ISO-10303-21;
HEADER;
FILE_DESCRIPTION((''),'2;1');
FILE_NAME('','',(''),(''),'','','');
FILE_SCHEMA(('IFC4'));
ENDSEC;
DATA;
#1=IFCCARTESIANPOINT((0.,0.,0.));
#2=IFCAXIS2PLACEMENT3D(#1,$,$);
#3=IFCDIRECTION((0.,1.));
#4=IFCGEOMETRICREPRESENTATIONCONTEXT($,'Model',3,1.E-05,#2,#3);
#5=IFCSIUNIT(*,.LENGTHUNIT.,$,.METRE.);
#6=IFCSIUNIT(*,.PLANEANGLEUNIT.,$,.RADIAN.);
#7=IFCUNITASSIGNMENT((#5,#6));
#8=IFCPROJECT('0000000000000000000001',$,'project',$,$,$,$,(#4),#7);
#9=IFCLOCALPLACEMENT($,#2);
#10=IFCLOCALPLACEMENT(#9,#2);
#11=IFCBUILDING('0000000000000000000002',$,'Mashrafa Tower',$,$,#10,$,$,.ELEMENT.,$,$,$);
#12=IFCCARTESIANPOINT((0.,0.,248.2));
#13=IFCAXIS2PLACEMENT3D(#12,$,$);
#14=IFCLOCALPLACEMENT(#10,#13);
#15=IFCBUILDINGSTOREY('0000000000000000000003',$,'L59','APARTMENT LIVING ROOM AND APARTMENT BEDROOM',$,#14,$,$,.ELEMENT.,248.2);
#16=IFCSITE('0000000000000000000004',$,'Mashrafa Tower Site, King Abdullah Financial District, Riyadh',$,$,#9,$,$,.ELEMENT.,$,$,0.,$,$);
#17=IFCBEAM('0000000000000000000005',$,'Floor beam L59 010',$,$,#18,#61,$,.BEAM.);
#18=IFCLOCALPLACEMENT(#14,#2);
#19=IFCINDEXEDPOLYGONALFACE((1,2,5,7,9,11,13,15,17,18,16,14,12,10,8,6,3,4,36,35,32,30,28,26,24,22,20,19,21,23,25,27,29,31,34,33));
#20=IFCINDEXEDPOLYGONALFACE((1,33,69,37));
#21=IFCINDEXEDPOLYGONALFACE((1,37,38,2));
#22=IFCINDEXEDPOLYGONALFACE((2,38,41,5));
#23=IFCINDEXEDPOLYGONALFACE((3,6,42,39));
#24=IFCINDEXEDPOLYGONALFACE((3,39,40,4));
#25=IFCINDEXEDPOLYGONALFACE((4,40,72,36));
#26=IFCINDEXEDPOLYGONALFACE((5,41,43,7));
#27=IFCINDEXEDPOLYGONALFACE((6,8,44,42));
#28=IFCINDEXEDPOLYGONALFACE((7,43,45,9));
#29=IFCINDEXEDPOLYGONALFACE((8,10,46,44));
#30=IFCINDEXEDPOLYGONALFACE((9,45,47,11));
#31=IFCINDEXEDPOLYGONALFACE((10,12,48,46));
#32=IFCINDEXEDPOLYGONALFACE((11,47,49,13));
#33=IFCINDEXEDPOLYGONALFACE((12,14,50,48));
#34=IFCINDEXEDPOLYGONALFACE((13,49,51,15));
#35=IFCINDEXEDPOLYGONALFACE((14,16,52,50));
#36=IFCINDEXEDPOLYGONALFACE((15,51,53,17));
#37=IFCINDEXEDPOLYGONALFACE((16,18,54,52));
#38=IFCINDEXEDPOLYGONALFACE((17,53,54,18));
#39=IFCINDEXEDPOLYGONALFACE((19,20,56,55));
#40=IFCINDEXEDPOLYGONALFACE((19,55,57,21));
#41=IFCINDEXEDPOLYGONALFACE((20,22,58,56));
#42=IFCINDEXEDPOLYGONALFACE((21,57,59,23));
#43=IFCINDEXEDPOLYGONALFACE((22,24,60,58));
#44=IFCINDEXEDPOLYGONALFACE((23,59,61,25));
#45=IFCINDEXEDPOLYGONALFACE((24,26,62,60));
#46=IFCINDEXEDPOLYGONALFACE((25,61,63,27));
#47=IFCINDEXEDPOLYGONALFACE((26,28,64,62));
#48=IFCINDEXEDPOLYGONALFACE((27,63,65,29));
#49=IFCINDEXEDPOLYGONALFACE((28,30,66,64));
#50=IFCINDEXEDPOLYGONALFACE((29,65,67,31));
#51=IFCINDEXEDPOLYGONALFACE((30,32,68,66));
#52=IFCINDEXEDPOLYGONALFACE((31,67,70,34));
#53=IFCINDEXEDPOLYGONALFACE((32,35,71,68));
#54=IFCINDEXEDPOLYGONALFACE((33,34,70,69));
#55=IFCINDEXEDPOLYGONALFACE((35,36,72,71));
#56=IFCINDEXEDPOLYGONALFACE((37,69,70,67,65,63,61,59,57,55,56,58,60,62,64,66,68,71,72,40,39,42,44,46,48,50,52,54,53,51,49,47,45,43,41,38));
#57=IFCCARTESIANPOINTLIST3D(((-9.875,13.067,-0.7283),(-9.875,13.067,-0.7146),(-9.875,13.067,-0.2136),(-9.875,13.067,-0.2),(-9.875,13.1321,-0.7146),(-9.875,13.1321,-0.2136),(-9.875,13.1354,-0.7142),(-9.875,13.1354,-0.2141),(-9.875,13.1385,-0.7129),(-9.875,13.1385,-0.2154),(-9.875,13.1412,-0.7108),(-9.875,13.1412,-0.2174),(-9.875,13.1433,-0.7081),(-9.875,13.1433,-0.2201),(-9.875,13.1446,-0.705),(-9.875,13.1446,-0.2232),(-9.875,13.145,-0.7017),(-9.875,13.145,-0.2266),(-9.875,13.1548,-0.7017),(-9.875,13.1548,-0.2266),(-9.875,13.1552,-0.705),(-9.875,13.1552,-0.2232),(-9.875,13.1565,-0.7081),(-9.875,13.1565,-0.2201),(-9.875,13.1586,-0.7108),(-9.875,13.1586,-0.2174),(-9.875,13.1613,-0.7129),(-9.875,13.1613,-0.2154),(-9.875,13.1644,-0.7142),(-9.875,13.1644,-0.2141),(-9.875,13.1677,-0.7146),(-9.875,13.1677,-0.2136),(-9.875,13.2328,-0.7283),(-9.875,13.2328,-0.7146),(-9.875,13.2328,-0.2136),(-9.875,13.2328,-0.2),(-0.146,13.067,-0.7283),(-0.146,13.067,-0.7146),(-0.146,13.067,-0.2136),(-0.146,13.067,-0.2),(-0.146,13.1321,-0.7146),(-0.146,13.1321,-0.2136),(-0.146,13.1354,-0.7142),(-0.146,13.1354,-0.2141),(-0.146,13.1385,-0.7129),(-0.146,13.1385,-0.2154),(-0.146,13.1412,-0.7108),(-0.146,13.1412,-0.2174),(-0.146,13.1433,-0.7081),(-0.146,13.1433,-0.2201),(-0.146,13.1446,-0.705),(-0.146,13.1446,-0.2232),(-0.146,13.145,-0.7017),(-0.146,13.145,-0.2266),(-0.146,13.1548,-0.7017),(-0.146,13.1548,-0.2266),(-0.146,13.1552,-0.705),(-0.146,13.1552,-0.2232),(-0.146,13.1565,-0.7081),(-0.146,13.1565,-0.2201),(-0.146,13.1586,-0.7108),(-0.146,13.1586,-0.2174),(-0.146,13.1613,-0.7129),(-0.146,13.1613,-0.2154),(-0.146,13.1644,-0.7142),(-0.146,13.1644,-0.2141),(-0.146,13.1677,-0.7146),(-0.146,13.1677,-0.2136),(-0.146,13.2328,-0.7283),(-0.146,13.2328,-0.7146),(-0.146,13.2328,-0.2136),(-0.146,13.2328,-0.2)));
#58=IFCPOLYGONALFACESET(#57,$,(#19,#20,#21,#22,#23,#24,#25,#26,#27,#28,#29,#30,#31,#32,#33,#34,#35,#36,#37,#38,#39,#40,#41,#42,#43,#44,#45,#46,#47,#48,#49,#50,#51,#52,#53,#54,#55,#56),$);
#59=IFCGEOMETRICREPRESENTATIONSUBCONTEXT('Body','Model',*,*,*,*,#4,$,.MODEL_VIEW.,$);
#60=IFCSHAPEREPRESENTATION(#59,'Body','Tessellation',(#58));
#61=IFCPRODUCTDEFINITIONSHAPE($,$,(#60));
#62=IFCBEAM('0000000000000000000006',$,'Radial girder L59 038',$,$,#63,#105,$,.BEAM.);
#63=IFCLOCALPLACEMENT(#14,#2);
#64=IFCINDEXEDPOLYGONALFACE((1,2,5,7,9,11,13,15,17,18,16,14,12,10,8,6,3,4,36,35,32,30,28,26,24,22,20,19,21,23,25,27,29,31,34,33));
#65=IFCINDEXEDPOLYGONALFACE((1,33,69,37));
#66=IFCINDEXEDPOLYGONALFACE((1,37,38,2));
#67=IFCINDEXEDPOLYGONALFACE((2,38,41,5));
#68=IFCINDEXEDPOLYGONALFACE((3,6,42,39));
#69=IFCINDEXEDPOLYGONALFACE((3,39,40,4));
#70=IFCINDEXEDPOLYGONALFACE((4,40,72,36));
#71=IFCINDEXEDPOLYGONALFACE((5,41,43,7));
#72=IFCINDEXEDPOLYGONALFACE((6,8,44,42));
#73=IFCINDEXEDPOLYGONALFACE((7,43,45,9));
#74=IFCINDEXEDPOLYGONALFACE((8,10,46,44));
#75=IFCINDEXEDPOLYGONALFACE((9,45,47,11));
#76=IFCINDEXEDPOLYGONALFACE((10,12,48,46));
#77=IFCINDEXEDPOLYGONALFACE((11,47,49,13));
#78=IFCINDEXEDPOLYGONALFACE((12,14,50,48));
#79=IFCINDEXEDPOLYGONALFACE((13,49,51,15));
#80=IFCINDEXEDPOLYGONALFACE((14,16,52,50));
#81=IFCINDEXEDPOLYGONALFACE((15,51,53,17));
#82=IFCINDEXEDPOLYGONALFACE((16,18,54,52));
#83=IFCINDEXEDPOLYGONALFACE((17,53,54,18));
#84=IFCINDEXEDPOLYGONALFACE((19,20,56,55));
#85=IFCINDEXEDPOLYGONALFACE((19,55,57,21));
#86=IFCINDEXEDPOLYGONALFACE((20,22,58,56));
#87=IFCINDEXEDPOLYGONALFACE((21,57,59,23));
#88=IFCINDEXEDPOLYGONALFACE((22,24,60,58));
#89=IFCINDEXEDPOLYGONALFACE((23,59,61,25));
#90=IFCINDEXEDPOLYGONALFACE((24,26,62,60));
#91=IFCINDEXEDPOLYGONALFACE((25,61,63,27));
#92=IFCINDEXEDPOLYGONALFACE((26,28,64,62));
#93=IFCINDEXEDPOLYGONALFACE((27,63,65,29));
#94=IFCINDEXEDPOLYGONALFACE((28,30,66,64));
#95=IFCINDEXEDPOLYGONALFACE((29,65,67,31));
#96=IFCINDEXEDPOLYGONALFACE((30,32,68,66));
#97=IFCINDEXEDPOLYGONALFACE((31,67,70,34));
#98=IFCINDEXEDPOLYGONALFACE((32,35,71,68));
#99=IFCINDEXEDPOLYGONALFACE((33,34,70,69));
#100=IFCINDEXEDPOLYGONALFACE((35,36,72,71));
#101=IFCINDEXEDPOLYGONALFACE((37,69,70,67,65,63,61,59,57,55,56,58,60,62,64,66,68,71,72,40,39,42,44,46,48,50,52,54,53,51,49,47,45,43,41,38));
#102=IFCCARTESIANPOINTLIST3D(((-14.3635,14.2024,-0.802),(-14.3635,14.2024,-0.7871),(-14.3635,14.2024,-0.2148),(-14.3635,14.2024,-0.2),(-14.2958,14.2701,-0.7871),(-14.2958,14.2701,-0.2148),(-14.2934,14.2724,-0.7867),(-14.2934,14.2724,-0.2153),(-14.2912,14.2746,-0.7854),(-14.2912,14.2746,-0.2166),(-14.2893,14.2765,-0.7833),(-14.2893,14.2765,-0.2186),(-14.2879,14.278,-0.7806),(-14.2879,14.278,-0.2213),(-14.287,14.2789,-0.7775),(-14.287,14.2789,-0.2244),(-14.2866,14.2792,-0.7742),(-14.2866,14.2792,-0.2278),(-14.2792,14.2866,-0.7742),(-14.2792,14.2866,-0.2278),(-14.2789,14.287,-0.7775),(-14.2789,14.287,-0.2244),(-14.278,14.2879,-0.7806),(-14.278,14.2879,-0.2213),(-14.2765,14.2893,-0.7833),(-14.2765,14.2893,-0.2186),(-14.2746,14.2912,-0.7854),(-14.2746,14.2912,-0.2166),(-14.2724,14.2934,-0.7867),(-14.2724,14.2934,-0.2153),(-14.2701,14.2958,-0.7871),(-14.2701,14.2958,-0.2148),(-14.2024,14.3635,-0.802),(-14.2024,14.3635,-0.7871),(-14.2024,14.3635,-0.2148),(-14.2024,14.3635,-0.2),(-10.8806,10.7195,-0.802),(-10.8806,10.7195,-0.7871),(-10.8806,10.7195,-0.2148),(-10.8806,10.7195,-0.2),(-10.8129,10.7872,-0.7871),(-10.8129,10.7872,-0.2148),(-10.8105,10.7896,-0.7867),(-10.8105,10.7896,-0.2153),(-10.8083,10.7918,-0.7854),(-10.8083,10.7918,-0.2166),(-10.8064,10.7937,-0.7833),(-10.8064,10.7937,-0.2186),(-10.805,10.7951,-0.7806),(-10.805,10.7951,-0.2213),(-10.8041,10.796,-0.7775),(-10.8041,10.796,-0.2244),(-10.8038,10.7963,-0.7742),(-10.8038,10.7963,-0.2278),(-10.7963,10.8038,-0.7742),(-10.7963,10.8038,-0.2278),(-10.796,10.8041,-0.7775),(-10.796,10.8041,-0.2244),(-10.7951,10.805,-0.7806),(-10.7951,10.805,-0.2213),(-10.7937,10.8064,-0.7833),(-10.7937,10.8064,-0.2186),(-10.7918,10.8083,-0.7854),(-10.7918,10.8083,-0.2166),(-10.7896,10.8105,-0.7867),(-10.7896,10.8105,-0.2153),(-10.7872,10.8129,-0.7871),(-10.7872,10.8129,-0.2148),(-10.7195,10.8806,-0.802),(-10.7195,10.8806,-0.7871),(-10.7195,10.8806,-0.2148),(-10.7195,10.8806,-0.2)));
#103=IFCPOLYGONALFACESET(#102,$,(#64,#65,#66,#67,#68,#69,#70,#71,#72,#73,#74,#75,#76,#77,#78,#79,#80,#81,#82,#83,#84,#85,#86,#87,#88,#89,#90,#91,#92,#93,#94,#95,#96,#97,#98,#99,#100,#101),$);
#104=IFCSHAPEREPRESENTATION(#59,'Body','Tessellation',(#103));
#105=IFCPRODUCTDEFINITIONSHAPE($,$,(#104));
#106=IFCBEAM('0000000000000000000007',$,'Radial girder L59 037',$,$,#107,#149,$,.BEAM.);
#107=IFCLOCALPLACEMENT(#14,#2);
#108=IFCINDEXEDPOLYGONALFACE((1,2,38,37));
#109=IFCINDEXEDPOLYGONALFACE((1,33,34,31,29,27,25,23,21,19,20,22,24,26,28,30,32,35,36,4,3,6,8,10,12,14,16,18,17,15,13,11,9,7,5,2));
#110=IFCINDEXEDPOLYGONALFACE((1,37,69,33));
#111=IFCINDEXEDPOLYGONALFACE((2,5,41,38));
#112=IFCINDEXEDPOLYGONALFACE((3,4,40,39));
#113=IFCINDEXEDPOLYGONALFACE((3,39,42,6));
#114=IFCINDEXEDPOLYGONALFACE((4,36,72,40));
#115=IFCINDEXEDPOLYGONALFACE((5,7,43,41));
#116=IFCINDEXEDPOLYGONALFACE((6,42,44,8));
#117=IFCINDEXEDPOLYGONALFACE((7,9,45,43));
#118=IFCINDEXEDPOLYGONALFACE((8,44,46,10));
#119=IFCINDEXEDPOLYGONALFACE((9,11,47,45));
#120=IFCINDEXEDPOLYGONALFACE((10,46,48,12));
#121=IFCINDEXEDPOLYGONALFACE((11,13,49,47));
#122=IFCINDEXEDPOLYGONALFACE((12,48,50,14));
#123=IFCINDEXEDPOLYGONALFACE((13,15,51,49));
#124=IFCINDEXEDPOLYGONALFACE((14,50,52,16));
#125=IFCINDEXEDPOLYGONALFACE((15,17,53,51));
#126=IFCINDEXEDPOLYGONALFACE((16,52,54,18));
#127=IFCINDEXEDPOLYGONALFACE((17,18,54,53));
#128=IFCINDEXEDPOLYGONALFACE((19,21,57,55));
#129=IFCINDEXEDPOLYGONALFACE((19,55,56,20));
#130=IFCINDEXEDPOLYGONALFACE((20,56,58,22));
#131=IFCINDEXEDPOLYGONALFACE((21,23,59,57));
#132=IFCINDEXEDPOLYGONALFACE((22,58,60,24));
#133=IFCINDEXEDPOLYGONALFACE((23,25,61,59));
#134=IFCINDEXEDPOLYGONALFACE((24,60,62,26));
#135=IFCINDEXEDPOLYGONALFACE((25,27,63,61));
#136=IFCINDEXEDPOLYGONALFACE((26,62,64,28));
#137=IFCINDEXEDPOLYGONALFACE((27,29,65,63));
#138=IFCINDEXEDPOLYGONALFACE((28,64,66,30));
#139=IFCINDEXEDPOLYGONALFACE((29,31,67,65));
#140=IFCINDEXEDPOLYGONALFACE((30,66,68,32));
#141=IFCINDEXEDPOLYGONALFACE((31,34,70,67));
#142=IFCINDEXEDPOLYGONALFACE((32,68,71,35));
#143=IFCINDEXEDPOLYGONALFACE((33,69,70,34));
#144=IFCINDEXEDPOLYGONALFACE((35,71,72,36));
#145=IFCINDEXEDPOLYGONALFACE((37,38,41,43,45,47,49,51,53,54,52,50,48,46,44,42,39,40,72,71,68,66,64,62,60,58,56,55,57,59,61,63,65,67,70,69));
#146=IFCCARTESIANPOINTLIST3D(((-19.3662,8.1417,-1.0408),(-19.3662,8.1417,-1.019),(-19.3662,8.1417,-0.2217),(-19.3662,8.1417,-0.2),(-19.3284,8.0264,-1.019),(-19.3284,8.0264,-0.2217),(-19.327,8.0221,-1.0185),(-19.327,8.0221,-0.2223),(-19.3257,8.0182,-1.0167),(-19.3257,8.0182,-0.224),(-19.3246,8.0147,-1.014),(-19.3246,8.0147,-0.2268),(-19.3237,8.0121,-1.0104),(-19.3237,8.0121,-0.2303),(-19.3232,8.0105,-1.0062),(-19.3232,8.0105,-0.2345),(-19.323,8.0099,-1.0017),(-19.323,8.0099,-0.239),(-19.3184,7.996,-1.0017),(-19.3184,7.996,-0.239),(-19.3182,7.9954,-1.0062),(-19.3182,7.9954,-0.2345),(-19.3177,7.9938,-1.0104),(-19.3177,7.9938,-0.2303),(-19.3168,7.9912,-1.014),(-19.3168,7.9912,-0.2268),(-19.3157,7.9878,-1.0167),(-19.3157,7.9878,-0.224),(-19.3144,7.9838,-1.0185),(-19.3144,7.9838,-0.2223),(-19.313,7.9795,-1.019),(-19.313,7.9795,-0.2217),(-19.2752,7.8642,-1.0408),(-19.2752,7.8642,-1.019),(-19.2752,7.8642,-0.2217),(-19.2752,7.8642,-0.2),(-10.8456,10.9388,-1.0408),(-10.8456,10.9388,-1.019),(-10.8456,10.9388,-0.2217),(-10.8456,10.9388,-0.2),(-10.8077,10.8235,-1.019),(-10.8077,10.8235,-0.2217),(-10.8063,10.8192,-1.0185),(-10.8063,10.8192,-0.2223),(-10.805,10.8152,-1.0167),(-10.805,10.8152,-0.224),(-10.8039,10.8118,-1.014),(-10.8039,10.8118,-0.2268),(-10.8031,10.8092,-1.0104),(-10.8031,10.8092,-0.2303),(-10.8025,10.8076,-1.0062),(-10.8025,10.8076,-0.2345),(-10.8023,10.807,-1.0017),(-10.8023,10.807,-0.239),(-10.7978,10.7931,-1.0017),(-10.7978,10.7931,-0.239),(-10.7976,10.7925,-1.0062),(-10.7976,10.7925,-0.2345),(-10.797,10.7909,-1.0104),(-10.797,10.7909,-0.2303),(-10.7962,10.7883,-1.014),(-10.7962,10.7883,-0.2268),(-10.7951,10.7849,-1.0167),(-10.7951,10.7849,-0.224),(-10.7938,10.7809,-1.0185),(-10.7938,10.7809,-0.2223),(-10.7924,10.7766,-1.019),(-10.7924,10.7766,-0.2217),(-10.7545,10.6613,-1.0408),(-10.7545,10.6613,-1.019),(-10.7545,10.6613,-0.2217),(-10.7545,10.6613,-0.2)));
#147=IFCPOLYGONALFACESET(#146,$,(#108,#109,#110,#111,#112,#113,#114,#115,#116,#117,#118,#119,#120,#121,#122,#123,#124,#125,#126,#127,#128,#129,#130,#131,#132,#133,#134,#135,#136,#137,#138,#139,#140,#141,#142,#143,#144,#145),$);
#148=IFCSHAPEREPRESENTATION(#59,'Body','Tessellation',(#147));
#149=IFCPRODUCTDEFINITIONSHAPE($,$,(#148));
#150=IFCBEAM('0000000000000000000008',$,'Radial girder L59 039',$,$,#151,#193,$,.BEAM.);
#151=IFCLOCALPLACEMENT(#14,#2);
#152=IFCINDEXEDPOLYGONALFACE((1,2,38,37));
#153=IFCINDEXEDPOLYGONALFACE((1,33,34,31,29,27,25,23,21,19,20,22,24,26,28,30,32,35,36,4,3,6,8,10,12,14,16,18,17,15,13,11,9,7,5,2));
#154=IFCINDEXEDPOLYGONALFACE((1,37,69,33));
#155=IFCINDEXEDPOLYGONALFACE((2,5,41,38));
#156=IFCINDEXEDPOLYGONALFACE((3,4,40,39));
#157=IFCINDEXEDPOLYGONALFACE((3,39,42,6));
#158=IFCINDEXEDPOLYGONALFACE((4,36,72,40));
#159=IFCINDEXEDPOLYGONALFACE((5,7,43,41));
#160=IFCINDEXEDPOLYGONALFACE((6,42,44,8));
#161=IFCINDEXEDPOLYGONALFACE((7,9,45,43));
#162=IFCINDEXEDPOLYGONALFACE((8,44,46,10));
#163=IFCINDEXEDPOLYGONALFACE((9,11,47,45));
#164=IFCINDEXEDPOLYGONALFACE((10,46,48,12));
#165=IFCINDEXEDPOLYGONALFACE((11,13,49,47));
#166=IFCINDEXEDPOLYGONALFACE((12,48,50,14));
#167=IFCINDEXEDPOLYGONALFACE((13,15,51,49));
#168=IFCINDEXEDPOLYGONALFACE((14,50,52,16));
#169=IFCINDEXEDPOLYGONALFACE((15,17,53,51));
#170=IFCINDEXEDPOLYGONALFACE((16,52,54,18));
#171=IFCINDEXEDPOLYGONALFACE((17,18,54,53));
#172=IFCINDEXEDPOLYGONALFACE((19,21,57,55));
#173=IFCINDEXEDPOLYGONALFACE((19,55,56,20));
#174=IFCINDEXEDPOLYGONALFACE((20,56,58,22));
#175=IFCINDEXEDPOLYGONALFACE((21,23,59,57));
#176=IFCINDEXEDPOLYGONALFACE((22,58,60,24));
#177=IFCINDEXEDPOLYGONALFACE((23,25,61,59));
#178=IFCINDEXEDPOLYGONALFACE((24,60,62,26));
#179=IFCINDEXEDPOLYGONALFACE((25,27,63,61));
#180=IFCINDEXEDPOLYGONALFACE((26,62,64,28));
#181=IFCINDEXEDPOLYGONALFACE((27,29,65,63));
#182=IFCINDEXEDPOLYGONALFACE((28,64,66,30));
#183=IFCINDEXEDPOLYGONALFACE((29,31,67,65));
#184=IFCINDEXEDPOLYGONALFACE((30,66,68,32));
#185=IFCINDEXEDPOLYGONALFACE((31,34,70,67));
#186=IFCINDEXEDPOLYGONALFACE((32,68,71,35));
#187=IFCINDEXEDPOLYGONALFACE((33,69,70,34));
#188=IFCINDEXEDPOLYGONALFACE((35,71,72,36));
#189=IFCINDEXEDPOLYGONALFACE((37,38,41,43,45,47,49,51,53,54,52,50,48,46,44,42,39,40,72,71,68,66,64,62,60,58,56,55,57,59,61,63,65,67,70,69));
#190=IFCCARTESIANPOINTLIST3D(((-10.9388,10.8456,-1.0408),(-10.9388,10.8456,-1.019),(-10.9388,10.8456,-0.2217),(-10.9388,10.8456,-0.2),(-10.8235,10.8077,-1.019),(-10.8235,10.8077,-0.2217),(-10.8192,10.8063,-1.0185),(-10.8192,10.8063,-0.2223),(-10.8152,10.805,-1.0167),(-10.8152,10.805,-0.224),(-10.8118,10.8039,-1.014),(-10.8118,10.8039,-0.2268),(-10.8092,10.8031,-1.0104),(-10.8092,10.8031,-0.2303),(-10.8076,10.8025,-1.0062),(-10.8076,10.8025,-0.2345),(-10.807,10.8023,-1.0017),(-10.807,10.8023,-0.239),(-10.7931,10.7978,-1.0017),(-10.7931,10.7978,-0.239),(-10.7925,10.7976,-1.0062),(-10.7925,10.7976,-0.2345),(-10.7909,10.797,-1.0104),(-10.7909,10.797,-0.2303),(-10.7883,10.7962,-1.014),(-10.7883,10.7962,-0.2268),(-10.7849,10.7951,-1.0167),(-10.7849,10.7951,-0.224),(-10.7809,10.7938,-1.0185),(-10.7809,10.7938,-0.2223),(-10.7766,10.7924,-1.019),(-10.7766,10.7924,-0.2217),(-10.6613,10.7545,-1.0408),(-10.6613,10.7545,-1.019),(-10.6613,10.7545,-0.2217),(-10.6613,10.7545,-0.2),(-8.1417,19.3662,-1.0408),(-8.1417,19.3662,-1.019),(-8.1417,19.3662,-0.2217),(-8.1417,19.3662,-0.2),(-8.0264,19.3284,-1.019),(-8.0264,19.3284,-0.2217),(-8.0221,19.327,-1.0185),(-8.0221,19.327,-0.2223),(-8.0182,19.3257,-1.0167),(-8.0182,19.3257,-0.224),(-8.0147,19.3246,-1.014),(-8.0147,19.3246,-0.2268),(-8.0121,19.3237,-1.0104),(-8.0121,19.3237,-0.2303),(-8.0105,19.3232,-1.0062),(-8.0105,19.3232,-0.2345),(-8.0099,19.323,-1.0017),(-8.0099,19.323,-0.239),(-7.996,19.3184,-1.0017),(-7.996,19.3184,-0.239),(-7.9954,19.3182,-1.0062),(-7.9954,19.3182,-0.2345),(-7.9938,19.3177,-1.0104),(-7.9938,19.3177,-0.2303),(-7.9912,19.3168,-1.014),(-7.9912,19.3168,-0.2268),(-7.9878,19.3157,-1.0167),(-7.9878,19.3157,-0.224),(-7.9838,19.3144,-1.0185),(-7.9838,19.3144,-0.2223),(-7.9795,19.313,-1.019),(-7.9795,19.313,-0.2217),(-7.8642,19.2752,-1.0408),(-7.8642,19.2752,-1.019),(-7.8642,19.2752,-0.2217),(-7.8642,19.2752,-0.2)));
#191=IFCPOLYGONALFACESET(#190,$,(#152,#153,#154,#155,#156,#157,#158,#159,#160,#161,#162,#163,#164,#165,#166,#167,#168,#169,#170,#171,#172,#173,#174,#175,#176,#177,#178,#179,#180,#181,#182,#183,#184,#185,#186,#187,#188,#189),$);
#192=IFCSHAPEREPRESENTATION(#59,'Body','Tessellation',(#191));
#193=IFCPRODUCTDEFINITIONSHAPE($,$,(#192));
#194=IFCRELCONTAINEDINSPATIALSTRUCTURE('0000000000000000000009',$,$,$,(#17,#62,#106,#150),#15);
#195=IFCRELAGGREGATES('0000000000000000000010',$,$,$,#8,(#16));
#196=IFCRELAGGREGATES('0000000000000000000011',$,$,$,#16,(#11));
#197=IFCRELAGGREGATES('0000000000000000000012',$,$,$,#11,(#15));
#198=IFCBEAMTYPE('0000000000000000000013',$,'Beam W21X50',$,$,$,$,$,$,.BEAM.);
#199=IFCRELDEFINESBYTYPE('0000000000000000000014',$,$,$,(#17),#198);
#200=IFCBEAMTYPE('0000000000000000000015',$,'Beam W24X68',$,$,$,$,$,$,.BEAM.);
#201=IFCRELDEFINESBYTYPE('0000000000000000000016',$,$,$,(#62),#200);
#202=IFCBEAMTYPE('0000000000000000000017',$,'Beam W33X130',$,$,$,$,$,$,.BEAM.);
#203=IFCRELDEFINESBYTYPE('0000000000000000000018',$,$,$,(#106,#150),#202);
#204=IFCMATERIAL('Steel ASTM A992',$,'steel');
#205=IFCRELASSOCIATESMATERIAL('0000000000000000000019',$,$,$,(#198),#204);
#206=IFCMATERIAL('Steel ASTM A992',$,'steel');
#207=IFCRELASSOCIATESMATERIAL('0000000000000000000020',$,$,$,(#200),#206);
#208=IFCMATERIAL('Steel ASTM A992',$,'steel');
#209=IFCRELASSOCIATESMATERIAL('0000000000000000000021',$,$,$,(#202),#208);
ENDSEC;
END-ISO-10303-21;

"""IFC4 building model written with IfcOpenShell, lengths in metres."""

from ifc_helpers import new_model, si_unit, direction, frame, origin, origin_2d, place, context, subcontext, project, spatial, i_section, extrude, material, material_profile, profile_set, type_object, element, save


model = new_model("IFC4")

# Units and contexts
model_context = context("Model", 3, precision=1e-05, world=origin(), true_north=direction((0.0, 1.0)))
body_context = subcontext(model_context, "Body", "Model", "MODEL_VIEW")
ifc_project = project(units=[si_unit("LENGTHUNIT", "METRE"), si_unit("PLANEANGLEUNIT", "RADIAN")], contexts=[model_context])

# Site, building, storey
site_placement = place(None, origin())
site = spatial("IfcSite", under=ifc_project, at=site_placement, Name="Mashrafa Tower Site, King Abdullah Financial District, Riyadh", CompositionType="ELEMENT", RefElevation=0.0)
building_placement = place(site_placement, origin())
building = spatial("IfcBuilding", under=site, at=building_placement, Name="Mashrafa Tower", CompositionType="ELEMENT")
storey_placement = place(building_placement, frame((0.0, 0.0, 248.2)))
storey = spatial("IfcBuildingStorey", under=building, at=storey_placement, Name="L59", Description="APARTMENT LIVING ROOM AND APARTMENT BEDROOM", CompositionType="ELEMENT", Elevation=248.2)

# Beams
ifc_material_1 = material(Name="Steel ASTM A992", Category="steel")
ifc_material_profile_1 = material_profile(ifc_material_1, i_section(OverallWidth=0.1658, OverallDepth=0.5283, WebThickness=0.0098, FlangeThickness=0.0137, FilletRadius=0.0129, at=origin_2d()), Name="W21X50")
ifc_profile_set_1 = profile_set([ifc_material_profile_1], Name="Steel ASTM A992")
beam_type_1 = type_object("IfcBeamType", Name="Beam W21X50", PredefinedType="BEAM", material=ifc_profile_set_1)
beam_1_placement = place(storey_placement, frame((-9.875, 13.1499, -0.4641), z_axis=(1.0, 0.0, 0.0), x_axis=(0.0, 1.0, 0.0)))
element("IfcBeam", 1, at=beam_1_placement, inside=storey, type_object=beam_type_1, Name="Floor beam L59 010", PredefinedType="BEAM", context=body_context, shape_type="SweptSolid", body=[
    extrude(i_section(OverallWidth=0.1658, OverallDepth=0.5283, WebThickness=0.0098, FlangeThickness=0.0137, FilletRadius=0.0129, at=origin_2d()), origin(), (0.0, 0.0, 1.0), 9.729),
])
ifc_material_2 = material(Name="Steel ASTM A992", Category="steel")
ifc_material_profile_2 = material_profile(ifc_material_2, i_section(OverallWidth=0.2278, OverallDepth=0.6021, WebThickness=0.0105, FlangeThickness=0.0149, FilletRadius=0.0129, at=origin_2d()), Name="W24X68")
ifc_profile_set_2 = profile_set([ifc_material_profile_2], Name="Steel ASTM A992")
beam_type_2 = type_object("IfcBeamType", Name="Beam W24X68", PredefinedType="BEAM", material=ifc_profile_set_2)
beam_2_placement = place(storey_placement, frame((-10.8, 10.8, -0.501), z_axis=(-0.707107, 0.707107, 0.0), x_axis=(-0.707107, -0.707107, 0.0)))
element("IfcBeam", 2, at=beam_2_placement, inside=storey, type_object=beam_type_2, Name="Radial girder L59 038", PredefinedType="BEAM", context=body_context, shape_type="SweptSolid", body=[
    extrude(i_section(OverallWidth=0.2278, OverallDepth=0.6021, WebThickness=0.0105, FlangeThickness=0.0149, FilletRadius=0.0129, at=origin_2d()), origin(), (0.0, 0.0, 1.0), 4.9255),
])
ifc_material_3 = material(Name="Steel ASTM A992", Category="steel")
ifc_material_profile_3 = material_profile(ifc_material_3, i_section(OverallWidth=0.292, OverallDepth=0.8408, WebThickness=0.0146, FlangeThickness=0.0217, FilletRadius=0.0173, at=origin_2d()), Name="W33X130")
ifc_profile_set_3 = profile_set([ifc_material_profile_3], Name="Steel ASTM A992")
beam_type_3 = type_object("IfcBeamType", Name="Beam W33X130", PredefinedType="BEAM", material=ifc_profile_set_3)
for number, where, z_axis, x_axis, name in (
    (3, (-10.8, 10.8, -0.6204), (-0.950116, -0.311896, 0.0), (0.311896, -0.950116, 0.0), "Radial girder L59 037"),
    (4, (-10.8, 10.8, -0.6204), (0.311896, 0.950116, 0.0), (-0.950116, 0.311896, 0.0), "Radial girder L59 039"),
):
    element("IfcBeam", number, at=place(storey_placement, frame(where, z_axis=z_axis, x_axis=x_axis)), inside=storey, type_object=beam_type_3, Name=name, PredefinedType="BEAM", context=body_context, shape_type="SweptSolid", body=[
        extrude(i_section(OverallWidth=0.292, OverallDepth=0.8408, WebThickness=0.0146, FlangeThickness=0.0217, FilletRadius=0.0173, at=origin_2d()), origin(), (0.0, 0.0, 1.0), 8.968),
    ])

save(model, "model.ifc")
